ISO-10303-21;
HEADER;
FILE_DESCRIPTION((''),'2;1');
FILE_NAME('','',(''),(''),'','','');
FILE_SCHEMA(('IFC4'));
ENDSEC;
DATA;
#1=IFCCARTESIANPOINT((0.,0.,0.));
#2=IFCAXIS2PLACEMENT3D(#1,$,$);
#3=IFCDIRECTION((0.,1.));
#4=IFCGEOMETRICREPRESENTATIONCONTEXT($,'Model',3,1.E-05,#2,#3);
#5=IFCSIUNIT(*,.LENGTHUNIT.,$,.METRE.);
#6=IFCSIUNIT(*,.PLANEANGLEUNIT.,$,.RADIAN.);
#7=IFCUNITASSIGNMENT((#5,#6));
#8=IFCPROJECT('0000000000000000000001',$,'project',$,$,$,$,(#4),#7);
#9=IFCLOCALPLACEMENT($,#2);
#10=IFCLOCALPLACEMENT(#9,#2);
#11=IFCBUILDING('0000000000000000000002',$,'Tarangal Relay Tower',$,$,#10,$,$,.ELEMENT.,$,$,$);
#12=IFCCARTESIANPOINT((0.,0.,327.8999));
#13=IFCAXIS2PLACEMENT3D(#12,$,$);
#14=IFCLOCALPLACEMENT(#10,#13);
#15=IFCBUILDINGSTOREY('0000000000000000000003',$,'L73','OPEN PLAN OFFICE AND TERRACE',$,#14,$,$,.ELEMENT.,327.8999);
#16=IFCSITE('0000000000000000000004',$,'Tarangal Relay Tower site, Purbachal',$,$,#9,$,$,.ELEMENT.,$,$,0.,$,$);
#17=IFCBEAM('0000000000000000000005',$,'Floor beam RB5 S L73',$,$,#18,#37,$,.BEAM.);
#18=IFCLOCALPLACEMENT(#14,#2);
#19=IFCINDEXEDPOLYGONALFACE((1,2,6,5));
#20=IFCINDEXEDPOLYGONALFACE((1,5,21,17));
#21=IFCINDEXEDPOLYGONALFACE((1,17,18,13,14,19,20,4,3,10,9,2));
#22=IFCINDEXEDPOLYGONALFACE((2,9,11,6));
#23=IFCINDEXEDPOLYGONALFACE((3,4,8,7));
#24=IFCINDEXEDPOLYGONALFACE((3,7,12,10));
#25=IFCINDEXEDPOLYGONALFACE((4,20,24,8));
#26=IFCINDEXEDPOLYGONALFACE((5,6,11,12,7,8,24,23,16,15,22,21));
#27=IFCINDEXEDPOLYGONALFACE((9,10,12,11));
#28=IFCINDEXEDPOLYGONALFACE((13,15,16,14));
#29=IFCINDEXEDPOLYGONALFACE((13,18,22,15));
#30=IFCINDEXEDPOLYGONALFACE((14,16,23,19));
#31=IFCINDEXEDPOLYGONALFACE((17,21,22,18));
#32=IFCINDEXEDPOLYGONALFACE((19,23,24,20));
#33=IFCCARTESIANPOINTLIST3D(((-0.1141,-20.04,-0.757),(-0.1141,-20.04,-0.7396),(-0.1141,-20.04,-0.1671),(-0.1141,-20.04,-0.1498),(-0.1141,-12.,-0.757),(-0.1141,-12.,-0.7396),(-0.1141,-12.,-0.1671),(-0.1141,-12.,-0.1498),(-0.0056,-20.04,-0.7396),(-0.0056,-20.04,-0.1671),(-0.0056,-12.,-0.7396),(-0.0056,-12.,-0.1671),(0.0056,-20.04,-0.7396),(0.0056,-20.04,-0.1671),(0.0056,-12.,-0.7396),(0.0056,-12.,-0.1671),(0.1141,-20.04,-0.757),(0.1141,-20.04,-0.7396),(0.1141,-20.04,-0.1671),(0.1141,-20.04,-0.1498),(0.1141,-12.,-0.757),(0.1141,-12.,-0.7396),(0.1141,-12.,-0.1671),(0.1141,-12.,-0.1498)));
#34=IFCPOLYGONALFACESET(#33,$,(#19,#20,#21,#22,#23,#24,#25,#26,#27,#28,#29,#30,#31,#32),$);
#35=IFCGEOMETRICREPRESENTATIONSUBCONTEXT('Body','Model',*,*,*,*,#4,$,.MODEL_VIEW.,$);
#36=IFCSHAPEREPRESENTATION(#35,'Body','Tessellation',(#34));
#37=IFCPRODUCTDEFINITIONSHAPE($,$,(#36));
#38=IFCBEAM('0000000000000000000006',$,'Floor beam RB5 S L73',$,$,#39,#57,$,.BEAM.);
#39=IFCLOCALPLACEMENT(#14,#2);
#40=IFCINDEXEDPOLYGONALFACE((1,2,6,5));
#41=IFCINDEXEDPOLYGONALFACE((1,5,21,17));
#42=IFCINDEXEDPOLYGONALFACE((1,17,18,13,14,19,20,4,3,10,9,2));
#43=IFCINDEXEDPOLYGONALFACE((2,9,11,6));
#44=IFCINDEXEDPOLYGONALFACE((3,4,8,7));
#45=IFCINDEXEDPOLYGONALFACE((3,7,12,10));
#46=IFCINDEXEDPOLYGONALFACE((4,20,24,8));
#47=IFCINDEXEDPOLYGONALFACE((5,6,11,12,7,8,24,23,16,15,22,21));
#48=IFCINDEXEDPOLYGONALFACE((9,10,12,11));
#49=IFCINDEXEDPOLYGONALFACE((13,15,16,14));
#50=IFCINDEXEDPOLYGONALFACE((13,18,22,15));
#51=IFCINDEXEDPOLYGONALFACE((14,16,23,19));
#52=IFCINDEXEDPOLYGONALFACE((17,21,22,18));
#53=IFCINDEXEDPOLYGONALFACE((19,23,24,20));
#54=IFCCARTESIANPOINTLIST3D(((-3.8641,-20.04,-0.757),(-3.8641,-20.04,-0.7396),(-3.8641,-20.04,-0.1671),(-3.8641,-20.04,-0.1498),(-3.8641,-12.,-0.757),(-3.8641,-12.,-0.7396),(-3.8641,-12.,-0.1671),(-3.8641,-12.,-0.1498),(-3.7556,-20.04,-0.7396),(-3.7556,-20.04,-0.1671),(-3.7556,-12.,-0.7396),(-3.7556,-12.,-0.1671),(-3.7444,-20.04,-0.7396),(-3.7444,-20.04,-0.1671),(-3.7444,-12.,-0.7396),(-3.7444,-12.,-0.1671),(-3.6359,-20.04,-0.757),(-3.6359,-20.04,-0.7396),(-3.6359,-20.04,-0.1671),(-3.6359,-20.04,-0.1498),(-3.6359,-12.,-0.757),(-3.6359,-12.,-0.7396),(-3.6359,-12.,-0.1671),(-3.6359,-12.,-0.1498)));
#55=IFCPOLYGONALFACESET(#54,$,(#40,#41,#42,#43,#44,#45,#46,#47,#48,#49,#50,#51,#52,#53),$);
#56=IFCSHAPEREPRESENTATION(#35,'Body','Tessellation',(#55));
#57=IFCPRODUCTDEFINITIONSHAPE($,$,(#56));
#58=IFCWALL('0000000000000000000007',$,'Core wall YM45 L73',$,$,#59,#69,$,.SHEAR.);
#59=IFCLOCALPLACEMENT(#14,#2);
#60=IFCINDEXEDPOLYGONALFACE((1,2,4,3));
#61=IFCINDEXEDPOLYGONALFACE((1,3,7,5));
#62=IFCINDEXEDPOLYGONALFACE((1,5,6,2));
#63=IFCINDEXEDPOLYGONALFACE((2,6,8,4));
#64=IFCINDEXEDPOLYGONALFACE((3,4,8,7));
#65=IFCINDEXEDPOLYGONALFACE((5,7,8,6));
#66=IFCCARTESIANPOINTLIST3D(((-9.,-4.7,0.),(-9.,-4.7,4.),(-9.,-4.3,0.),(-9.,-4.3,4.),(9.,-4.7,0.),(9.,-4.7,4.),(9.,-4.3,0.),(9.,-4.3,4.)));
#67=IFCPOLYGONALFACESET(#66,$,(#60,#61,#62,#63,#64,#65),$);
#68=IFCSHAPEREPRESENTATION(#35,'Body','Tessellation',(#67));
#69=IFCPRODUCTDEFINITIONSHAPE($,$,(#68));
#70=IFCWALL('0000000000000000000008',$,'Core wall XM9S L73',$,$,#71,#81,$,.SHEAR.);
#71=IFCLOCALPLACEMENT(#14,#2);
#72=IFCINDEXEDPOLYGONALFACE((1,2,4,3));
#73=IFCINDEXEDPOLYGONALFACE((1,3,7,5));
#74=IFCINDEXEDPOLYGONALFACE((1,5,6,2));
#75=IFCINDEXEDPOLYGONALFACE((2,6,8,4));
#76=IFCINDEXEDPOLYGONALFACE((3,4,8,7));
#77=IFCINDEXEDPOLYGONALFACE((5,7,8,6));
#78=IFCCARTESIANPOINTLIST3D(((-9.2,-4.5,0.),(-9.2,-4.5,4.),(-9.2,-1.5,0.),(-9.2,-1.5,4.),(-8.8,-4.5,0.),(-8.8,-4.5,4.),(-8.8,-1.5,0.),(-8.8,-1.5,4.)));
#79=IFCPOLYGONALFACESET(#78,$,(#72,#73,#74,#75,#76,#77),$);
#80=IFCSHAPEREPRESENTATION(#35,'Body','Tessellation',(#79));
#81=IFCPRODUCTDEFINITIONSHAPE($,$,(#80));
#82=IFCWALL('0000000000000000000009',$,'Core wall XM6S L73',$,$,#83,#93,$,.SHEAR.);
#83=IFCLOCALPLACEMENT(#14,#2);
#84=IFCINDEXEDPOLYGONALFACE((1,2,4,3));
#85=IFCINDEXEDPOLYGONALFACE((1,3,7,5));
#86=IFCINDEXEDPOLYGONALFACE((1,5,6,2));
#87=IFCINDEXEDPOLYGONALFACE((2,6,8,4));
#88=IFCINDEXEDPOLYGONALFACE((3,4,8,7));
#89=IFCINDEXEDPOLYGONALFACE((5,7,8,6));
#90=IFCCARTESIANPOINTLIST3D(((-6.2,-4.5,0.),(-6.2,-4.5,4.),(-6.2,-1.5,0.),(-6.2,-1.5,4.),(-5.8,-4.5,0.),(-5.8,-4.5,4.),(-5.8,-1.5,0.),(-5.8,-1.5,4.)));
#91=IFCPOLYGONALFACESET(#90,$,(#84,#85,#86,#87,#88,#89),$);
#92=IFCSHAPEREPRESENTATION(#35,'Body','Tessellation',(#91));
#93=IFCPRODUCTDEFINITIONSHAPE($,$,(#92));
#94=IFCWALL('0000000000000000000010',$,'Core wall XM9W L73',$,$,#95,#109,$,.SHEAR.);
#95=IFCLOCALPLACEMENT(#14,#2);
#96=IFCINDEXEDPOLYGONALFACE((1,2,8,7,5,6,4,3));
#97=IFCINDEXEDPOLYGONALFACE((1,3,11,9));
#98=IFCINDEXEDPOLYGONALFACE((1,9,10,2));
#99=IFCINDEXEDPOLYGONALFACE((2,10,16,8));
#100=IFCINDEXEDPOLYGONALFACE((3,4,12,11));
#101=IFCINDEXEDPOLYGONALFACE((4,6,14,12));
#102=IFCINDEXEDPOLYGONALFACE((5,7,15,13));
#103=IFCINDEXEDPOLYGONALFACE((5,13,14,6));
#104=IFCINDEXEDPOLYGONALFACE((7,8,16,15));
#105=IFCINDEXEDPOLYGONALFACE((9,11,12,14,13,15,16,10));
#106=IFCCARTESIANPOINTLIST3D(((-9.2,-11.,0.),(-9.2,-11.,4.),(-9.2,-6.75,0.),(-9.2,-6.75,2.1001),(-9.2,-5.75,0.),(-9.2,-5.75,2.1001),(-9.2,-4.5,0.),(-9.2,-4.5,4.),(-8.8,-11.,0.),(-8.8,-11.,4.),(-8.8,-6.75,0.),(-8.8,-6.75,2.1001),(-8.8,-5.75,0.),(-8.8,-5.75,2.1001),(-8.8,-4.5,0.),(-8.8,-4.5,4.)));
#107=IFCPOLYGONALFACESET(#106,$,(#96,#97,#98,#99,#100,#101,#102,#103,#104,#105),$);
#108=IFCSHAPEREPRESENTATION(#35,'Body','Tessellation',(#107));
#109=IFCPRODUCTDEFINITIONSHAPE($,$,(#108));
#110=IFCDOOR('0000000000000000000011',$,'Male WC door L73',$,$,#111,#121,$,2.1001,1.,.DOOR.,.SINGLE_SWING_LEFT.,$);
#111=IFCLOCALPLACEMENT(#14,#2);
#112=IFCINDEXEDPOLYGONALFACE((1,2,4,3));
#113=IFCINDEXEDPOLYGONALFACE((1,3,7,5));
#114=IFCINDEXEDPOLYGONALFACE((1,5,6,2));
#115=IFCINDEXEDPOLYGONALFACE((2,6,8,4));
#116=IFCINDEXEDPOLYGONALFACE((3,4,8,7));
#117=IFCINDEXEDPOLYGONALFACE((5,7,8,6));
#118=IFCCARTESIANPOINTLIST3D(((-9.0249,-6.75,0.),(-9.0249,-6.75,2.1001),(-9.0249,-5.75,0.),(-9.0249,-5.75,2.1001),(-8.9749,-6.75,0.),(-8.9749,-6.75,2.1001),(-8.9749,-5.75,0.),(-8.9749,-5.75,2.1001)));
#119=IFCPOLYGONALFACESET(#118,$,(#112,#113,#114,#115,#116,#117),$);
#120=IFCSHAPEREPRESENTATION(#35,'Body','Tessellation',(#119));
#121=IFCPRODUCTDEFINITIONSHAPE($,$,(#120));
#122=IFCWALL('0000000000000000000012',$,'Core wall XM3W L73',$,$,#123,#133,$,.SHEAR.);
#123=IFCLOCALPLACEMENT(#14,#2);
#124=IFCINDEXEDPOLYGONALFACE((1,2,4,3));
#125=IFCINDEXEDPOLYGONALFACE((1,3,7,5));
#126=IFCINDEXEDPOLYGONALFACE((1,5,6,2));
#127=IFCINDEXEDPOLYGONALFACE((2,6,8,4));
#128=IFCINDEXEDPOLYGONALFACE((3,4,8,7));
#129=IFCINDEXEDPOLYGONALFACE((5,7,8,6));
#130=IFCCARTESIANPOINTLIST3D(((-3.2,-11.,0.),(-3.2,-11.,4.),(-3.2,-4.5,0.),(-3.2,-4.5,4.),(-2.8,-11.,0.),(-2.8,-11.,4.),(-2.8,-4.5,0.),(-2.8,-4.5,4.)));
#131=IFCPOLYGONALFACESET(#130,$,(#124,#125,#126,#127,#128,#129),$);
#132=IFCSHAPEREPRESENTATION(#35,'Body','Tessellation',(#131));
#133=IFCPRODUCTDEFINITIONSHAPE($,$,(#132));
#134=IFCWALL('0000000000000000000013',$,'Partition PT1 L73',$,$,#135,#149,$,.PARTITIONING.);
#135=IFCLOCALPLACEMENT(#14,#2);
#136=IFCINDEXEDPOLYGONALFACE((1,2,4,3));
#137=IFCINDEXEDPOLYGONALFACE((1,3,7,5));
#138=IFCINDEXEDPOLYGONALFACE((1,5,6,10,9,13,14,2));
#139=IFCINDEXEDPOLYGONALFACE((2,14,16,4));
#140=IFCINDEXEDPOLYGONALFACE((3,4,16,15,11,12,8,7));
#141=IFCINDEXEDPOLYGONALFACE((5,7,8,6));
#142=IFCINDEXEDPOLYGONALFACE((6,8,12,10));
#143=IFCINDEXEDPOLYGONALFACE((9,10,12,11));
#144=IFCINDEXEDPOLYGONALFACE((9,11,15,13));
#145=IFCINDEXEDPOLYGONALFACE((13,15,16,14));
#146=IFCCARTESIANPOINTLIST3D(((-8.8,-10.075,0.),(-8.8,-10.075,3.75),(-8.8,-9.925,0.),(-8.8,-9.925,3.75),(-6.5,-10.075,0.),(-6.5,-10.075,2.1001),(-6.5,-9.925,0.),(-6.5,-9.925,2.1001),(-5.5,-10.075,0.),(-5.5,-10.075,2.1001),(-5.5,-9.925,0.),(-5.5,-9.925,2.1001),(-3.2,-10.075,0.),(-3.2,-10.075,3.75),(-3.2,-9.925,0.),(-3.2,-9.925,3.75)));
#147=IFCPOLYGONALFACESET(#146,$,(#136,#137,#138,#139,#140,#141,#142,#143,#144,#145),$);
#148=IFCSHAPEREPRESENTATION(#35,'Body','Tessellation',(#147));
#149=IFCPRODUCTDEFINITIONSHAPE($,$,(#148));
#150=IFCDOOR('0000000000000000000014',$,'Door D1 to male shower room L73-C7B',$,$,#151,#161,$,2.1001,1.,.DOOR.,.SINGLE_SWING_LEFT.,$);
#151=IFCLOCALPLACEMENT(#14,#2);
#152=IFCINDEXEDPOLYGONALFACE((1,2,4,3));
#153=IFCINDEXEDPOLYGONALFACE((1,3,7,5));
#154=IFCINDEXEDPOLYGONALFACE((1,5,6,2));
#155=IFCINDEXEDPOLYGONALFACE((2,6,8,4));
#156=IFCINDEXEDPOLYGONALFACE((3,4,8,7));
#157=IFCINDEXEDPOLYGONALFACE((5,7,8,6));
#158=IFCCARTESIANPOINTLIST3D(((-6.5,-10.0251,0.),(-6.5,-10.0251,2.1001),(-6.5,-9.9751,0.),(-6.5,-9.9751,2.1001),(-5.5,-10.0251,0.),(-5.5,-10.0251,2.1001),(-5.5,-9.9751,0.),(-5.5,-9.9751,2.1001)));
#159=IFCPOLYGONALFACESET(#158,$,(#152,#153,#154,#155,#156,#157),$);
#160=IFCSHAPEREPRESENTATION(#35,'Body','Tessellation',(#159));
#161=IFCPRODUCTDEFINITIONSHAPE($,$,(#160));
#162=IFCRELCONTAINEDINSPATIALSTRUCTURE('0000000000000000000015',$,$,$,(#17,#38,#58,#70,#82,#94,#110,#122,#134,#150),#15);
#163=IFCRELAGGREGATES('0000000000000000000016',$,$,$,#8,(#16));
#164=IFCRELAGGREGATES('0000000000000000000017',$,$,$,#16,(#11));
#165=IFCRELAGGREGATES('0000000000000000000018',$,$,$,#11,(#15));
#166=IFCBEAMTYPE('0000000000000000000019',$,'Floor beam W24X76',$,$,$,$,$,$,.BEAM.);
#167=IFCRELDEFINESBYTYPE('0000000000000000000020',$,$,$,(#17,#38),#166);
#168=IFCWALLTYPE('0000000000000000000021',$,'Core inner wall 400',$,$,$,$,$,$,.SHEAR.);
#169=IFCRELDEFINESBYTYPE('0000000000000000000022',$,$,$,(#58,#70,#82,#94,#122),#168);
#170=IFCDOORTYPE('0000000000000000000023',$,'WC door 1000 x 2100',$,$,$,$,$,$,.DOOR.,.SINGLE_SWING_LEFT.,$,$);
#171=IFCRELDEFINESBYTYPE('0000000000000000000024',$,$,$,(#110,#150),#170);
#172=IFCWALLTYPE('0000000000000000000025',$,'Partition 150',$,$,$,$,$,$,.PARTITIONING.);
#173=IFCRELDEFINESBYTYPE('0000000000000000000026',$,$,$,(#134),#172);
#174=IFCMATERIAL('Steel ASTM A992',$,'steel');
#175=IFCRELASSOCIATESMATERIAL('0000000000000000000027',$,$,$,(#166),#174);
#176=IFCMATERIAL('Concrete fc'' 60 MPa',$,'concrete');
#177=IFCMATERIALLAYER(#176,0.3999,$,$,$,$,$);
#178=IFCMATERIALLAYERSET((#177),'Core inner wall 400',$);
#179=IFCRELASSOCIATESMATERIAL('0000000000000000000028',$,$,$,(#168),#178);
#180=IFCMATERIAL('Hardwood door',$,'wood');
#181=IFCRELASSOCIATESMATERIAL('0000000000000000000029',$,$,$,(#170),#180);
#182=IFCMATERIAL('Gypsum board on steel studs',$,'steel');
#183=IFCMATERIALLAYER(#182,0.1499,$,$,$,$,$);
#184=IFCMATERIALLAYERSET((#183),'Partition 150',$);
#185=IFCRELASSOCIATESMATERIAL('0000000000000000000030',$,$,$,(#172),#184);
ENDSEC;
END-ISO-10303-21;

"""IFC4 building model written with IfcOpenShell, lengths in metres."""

from ifc_helpers import new_model, si_unit, direction, frame, frame_2d, origin, origin_2d, place, context, subcontext, project, spatial, rectangle, i_section, extrude, material, layer, layer_set, material_profile, profile_set, type_object, element, fill, save


model = new_model("IFC4")

# Units and contexts
model_context = context("Model", 3, precision=1e-05, world=origin(), true_north=direction((0.0, 1.0)))
body_context = subcontext(model_context, "Body", "Model", "MODEL_VIEW")
ifc_project = project(units=[si_unit("LENGTHUNIT", "METRE"), si_unit("PLANEANGLEUNIT", "RADIAN")], contexts=[model_context])

# Site, building, storey
site_placement = place(None, origin())
site = spatial("IfcSite", under=ifc_project, at=site_placement, Name="Tarangal Relay Tower site, Purbachal", CompositionType="ELEMENT", RefElevation=0.0)
building_placement = place(site_placement, origin())
building = spatial("IfcBuilding", under=site, at=building_placement, Name="Tarangal Relay Tower", CompositionType="ELEMENT")
storey_placement = place(building_placement, frame((0.0, 0.0, 327.8999)))
storey = spatial("IfcBuildingStorey", under=building, at=storey_placement, Name="L73", Description="OPEN PLAN OFFICE AND TERRACE", CompositionType="ELEMENT", Elevation=327.8999)

# Beams
ifc_material_1 = material(Name="Steel ASTM A992", Category="steel")
ifc_material_profile = material_profile(ifc_material_1, i_section(OverallWidth=0.2283, OverallDepth=0.6072, WebThickness=0.0112, FlangeThickness=0.0173, at=origin_2d()), Name="W24X76")
ifc_profile_set = profile_set([ifc_material_profile], Name="Steel ASTM A992")
beam_type = type_object("IfcBeamType", Name="Floor beam W24X76", PredefinedType="BEAM", material=ifc_profile_set)
for number, where, z_axis, x_axis, name in (
    (1, (0.0, -12.0, -0.4534), (0.0, -1.0, 0.0), (1.0, 0.0, 0.0), "Floor beam RB5 S L73"),
    (2, (-3.75, -12.0, -0.4534), (0.0, -1.0, 0.0), (1.0, 0.0, 0.0), "Floor beam RB5 S L73"),
):
    element("IfcBeam", number, at=place(storey_placement, frame(where, z_axis=z_axis, x_axis=x_axis)), inside=storey, type_object=beam_type, Name=name, PredefinedType="BEAM", context=body_context, shape_type="SweptSolid", body=[
        extrude(i_section(OverallWidth=0.2283, OverallDepth=0.6072, WebThickness=0.0112, FlangeThickness=0.0173, at=origin_2d()), origin(), (0.0, 0.0, 1.0), 8.04),
    ])

# Walls
ifc_material_2 = material(Name="Concrete fc' 60 MPa", Category="concrete")
ifc_layer_1 = layer(ifc_material_2, 0.3999)
ifc_layer_set_1 = layer_set([ifc_layer_1], Name="Core inner wall 400")
wall_type_1 = type_object("IfcWallType", Name="Core inner wall 400", PredefinedType="SHEAR", material=ifc_layer_set_1)
wall_1_placement = place(storey_placement, frame((-9.0, -4.5, 0.0), z_axis=(0.0, 0.0, 1.0), x_axis=(1.0, 0.0, 0.0)))
element("IfcWall", 3, at=wall_1_placement, inside=storey, type_object=wall_type_1, Name="Core wall YM45 L73", PredefinedType="SHEAR", context=body_context, shape_type="SweptSolid", body=[
    extrude(rectangle(XDim=18.0, YDim=0.3999, at=frame_2d((9.0, 0.0))), origin(), (0.0, 0.0, 1.0), 4.0),
])
for number, where, z_axis, x_axis, name in (
    (4, (-9.0, -4.5, 0.0), (0.0, 0.0, 1.0), (0.0, 1.0, 0.0), "Core wall XM9S L73"),
    (5, (-6.0, -4.5, 0.0), (0.0, 0.0, 1.0), (0.0, 1.0, 0.0), "Core wall XM6S L73"),
):
    element("IfcWall", number, at=place(storey_placement, frame(where, z_axis=z_axis, x_axis=x_axis)), inside=storey, type_object=wall_type_1, Name=name, PredefinedType="SHEAR", context=body_context, shape_type="SweptSolid", body=[
        extrude(rectangle(XDim=3.0, YDim=0.3999, at=frame_2d((1.5, 0.0))), origin(), (0.0, 0.0, 1.0), 4.0),
    ])

# Wall, opening, door
wall_2_placement = place(storey_placement, frame((-9.0, -11.0, 0.0), z_axis=(0.0, 0.0, 1.0), x_axis=(0.0, 1.0, 0.0)))
wall_2 = element("IfcWall", 6, at=wall_2_placement, inside=storey, type_object=wall_type_1, Name="Core wall XM9W L73", PredefinedType="SHEAR", context=body_context, shape_type="SweptSolid", body=[
    extrude(rectangle(XDim=6.5, YDim=0.3999, at=frame_2d((3.25, 0.0))), origin(), (0.0, 0.0, 1.0), 4.0),
])
opening_1_placement = place(wall_2_placement, frame((4.25, 0.0, 0.0)))
opening_1 = element("IfcOpeningElement", 7, at=opening_1_placement, cuts=wall_2, PredefinedType="OPENING", context=body_context, shape_type="SweptSolid", body=[
    extrude(rectangle(XDim=1.0, YDim=2.1001, at=frame_2d((0.5, 1.05))), frame((0.0, 0.21, 0.0), z_axis=(0.0, -1.0, 0.0), x_axis=(1.0, 0.0, 0.0)), (0.0, 0.0, 1.0), 0.4199),
])
ifc_material_3 = material(Name="Hardwood door", Category="wood")
door_type = type_object("IfcDoorType", Name="WC door 1000 x 2100", OperationType="SINGLE_SWING_LEFT", PredefinedType="DOOR", material=ifc_material_3)
door_1_placement = place(opening_1_placement, origin())
door_1 = element("IfcDoor", 8, at=door_1_placement, inside=storey, type_object=door_type, Name="Male WC door L73", OperationType="SINGLE_SWING_LEFT", OverallHeight=2.1001, OverallWidth=1.0, PredefinedType="DOOR", context=body_context, shape_type="SweptSolid", body=[
    extrude(rectangle(XDim=1.0, YDim=2.1001, at=frame_2d((0.5, 1.05))), frame((0.0, 0.0249, 0.0), z_axis=(0.0, -1.0, 0.0), x_axis=(1.0, 0.0, 0.0)), (0.0, 0.0, 1.0), 0.05),
])
fill(opening_1, door_1)

# Wall
wall_3_placement = place(storey_placement, frame((-3.0, -11.0, 0.0), z_axis=(0.0, 0.0, 1.0), x_axis=(0.0, 1.0, 0.0)))
element("IfcWall", 9, at=wall_3_placement, inside=storey, type_object=wall_type_1, Name="Core wall XM3W L73", PredefinedType="SHEAR", context=body_context, shape_type="SweptSolid", body=[
    extrude(rectangle(XDim=6.5, YDim=0.3999, at=frame_2d((3.25, 0.0))), origin(), (0.0, 0.0, 1.0), 4.0),
])

# Wall, opening, door
ifc_material_4 = material(Name="Gypsum board on steel studs", Category="steel")
ifc_layer_2 = layer(ifc_material_4, 0.1499)
ifc_layer_set_2 = layer_set([ifc_layer_2], Name="Partition 150")
wall_type_2 = type_object("IfcWallType", Name="Partition 150", PredefinedType="PARTITIONING", material=ifc_layer_set_2)
wall_4_placement = place(storey_placement, frame((-8.8, -10.0, 0.0), z_axis=(0.0, 0.0, 1.0), x_axis=(1.0, 0.0, 0.0)))
wall_4 = element("IfcWall", 10, at=wall_4_placement, inside=storey, type_object=wall_type_2, Name="Partition PT1 L73", PredefinedType="PARTITIONING", context=body_context, shape_type="SweptSolid", body=[
    extrude(rectangle(XDim=5.6001, YDim=0.1499, at=frame_2d((2.8, 0.0))), origin(), (0.0, 0.0, 1.0), 3.75),
])
opening_2_placement = place(wall_4_placement, frame((2.3, 0.0, 0.0)))
opening_2 = element("IfcOpeningElement", 11, at=opening_2_placement, cuts=wall_4, PredefinedType="OPENING", context=body_context, shape_type="SweptSolid", body=[
    extrude(rectangle(XDim=1.0, YDim=2.1001, at=frame_2d((0.5, 1.05))), frame((0.0, 0.085, 0.0), z_axis=(0.0, -1.0, 0.0), x_axis=(1.0, 0.0, 0.0)), (0.0, 0.0, 1.0), 0.1699),
])
door_2_placement = place(opening_2_placement, origin())
door_2 = element("IfcDoor", 12, at=door_2_placement, inside=storey, type_object=door_type, Name="Door D1 to male shower room L73-C7B", OperationType="SINGLE_SWING_LEFT", OverallHeight=2.1001, OverallWidth=1.0, PredefinedType="DOOR", context=body_context, shape_type="SweptSolid", body=[
    extrude(rectangle(XDim=1.0, YDim=2.1001, at=frame_2d((0.5, 1.05))), frame((0.0, 0.0249, 0.0), z_axis=(0.0, -1.0, 0.0), x_axis=(1.0, 0.0, 0.0)), (0.0, 0.0, 1.0), 0.05),
])
fill(opening_2, door_2)

save(model, "model.ifc")
